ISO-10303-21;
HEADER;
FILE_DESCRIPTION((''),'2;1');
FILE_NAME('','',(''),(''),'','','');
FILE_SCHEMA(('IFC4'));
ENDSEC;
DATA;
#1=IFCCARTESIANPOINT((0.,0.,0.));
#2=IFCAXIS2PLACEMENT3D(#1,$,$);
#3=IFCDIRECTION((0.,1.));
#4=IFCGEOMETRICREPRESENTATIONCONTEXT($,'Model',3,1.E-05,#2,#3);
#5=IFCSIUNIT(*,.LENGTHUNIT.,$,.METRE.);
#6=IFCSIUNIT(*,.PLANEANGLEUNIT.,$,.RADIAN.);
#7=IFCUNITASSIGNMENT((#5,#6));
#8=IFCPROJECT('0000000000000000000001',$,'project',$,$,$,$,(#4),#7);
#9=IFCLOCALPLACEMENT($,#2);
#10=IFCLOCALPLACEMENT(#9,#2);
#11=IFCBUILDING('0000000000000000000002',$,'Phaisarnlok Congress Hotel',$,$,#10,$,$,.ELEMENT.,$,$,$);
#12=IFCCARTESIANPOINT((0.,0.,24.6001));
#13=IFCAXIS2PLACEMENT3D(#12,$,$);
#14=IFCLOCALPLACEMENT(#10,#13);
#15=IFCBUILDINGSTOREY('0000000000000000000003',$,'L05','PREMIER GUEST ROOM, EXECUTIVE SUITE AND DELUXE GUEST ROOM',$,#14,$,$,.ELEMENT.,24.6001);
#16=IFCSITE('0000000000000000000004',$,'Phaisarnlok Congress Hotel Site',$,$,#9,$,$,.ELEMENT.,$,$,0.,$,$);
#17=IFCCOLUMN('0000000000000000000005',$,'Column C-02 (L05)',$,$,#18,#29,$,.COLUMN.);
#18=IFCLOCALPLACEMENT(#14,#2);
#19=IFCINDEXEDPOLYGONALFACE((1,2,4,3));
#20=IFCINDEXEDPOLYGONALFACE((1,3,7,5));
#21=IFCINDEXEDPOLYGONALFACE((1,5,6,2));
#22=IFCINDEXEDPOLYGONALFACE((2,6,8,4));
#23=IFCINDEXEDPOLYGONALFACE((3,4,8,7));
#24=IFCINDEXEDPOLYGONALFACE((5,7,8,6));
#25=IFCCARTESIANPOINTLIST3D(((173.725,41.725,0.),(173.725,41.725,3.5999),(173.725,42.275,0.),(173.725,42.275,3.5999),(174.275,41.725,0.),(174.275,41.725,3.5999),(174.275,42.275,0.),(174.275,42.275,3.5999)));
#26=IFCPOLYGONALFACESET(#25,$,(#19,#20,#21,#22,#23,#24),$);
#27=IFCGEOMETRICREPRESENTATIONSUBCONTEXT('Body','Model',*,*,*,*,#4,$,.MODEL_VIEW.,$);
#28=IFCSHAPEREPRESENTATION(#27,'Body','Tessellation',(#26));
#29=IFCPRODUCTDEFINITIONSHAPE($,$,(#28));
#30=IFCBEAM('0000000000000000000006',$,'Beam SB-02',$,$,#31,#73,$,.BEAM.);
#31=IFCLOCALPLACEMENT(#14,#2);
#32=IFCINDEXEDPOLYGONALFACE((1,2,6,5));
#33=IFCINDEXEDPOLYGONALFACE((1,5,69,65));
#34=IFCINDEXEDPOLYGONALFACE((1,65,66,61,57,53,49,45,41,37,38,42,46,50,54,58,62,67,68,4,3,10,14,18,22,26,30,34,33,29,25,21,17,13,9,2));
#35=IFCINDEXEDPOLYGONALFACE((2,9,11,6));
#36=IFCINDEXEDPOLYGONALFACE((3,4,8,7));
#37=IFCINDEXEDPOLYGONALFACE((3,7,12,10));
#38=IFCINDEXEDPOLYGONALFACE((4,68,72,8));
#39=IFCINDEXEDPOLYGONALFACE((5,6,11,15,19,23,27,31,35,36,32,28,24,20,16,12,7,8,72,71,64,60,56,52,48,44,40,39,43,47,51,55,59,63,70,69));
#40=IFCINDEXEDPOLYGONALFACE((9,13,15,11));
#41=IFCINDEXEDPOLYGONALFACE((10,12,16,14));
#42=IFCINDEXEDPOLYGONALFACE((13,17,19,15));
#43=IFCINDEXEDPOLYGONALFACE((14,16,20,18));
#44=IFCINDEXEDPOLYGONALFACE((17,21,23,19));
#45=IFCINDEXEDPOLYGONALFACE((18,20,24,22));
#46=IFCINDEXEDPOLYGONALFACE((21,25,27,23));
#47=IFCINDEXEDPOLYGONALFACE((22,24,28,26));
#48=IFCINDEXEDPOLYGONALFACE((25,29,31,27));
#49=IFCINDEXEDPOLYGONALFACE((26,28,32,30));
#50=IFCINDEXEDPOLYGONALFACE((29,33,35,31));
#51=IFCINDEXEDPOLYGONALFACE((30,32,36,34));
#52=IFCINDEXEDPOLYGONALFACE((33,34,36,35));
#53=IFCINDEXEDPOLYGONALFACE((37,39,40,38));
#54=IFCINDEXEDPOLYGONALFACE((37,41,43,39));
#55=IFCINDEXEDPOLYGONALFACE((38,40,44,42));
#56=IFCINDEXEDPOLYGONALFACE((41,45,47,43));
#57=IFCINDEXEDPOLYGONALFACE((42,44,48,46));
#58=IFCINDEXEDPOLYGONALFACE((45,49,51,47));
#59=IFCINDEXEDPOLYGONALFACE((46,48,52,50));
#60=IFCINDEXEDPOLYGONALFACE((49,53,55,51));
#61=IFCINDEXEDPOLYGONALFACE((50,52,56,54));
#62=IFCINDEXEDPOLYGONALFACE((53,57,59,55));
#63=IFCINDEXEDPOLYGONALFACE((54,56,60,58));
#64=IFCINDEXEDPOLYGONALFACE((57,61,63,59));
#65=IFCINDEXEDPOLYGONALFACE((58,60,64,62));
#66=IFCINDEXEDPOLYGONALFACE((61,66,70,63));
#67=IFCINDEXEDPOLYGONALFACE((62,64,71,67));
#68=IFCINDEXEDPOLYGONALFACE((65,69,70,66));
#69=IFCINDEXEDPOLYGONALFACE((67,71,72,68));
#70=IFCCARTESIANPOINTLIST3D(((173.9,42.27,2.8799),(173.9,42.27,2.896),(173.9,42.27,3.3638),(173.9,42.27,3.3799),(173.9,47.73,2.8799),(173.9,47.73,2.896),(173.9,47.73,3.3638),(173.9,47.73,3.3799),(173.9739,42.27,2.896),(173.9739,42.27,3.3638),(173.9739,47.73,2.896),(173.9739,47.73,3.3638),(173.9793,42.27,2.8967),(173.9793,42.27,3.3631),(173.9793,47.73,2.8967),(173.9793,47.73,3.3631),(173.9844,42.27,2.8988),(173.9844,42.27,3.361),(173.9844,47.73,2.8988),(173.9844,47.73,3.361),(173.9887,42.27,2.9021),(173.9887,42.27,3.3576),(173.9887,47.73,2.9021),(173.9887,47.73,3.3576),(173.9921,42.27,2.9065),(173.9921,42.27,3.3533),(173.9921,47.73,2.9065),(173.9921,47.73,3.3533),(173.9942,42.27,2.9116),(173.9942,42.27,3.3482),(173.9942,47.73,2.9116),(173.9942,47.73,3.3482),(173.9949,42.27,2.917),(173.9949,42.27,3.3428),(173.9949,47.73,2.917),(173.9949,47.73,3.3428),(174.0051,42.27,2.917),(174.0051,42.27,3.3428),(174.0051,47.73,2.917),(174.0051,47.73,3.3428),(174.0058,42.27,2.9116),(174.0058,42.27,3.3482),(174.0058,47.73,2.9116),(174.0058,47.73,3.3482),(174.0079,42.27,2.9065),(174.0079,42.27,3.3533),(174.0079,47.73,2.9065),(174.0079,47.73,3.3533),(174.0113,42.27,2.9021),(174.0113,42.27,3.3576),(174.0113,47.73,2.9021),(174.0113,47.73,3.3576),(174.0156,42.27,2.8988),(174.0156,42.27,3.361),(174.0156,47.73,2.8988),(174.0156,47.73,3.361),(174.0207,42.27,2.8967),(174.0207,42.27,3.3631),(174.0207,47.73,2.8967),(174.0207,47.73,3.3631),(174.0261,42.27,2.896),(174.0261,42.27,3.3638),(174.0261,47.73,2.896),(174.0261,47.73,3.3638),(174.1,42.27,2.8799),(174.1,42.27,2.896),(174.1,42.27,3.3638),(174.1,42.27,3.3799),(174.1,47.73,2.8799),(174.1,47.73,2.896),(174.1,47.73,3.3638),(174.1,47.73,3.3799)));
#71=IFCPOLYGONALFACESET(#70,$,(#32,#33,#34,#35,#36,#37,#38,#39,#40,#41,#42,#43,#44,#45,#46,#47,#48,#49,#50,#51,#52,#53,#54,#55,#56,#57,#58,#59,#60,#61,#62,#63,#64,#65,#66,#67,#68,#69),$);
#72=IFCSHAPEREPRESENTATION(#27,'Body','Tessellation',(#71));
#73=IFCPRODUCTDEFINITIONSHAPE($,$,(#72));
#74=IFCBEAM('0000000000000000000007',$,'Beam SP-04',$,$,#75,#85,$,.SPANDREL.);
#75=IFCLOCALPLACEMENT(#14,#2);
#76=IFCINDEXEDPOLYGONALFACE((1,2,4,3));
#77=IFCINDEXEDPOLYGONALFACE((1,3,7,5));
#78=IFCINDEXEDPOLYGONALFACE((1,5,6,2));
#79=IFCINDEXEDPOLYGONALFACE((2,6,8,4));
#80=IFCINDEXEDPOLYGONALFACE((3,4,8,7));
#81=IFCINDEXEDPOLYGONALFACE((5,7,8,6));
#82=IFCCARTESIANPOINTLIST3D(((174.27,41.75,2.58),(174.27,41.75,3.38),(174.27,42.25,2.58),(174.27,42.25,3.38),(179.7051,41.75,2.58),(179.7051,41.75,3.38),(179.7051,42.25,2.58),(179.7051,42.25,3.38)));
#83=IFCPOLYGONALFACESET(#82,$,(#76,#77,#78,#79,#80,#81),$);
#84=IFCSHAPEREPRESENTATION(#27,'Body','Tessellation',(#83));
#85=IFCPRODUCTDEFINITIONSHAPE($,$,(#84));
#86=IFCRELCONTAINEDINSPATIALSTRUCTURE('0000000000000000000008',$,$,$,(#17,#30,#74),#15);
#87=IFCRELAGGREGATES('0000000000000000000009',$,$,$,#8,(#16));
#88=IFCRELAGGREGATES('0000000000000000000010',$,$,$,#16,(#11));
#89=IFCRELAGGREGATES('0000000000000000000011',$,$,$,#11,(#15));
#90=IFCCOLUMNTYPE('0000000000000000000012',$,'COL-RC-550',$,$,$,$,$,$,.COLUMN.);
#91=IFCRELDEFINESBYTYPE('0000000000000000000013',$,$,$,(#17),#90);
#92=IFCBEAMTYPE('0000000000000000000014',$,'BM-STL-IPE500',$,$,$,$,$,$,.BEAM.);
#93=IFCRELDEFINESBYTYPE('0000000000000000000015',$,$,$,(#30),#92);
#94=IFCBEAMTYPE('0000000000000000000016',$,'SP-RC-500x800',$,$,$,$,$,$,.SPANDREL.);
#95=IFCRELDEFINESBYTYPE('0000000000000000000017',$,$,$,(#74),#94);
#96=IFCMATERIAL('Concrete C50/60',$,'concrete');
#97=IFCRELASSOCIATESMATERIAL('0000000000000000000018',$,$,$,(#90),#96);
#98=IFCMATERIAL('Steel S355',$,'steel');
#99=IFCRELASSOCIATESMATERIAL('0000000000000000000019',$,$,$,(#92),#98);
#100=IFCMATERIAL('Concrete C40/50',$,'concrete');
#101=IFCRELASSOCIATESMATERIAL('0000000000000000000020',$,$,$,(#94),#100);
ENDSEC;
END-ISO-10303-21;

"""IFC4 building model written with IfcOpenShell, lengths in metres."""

from ifc_helpers import new_model, si_unit, direction, frame, origin, origin_2d, place, context, subcontext, project, spatial, rectangle, i_section, extrude, material, material_profile, profile_set, type_object, element, save


model = new_model("IFC4")

# Units and contexts
model_context = context("Model", 3, precision=1e-05, world=origin(), true_north=direction((0.0, 1.0)))
body_context = subcontext(model_context, "Body", "Model", "MODEL_VIEW")
ifc_project = project(units=[si_unit("LENGTHUNIT", "METRE"), si_unit("PLANEANGLEUNIT", "RADIAN")], contexts=[model_context])

# Site, building, storey
site_placement = place(None, origin())
site = spatial("IfcSite", under=ifc_project, at=site_placement, Name="Phaisarnlok Congress Hotel Site", CompositionType="ELEMENT", RefElevation=0.0)
building_placement = place(site_placement, origin())
building = spatial("IfcBuilding", under=site, at=building_placement, Name="Phaisarnlok Congress Hotel", CompositionType="ELEMENT")
storey_placement = place(building_placement, frame((0.0, 0.0, 24.6001)))
storey = spatial("IfcBuildingStorey", under=building, at=storey_placement, Name="L05", Description="PREMIER GUEST ROOM, EXECUTIVE SUITE AND DELUXE GUEST ROOM", CompositionType="ELEMENT", Elevation=24.6001)

# Column
ifc_material_1 = material(Name="Concrete C50/60", Category="concrete")
ifc_material_profile_1 = material_profile(ifc_material_1, rectangle(XDim=0.55, YDim=0.55, at=origin_2d()), Name="RC 550x550")
ifc_profile_set_1 = profile_set([ifc_material_profile_1], Name="Concrete C50/60")
column_type = type_object("IfcColumnType", Name="COL-RC-550", PredefinedType="COLUMN", material=ifc_profile_set_1)
column_placement = place(storey_placement, frame((174.0, 42.0, 0.0), z_axis=(0.0, 0.0, 1.0), x_axis=(1.0, 0.0, 0.0)))
element("IfcColumn", 1, at=column_placement, inside=storey, type_object=column_type, Name="Column C-02 (L05)", PredefinedType="COLUMN", context=body_context, shape_type="SweptSolid", body=[
    extrude(rectangle(XDim=0.55, YDim=0.55, at=origin_2d()), origin(), (0.0, 0.0, 1.0), 3.5999),
])

# Beams
ifc_material_2 = material(Name="Steel S355", Category="steel")
ifc_material_profile_2 = material_profile(ifc_material_2, i_section(OverallWidth=0.2, OverallDepth=0.5, WebThickness=0.0103, FlangeThickness=0.0161, FilletRadius=0.021, at=origin_2d()), Name="IPE 500")
ifc_profile_set_2 = profile_set([ifc_material_profile_2], Name="Steel S355")
beam_type_1 = type_object("IfcBeamType", Name="BM-STL-IPE500", PredefinedType="BEAM", material=ifc_profile_set_2)
beam_1_placement = place(storey_placement, frame((174.0, 42.27, 3.1299), z_axis=(0.0, 1.0, 0.0), x_axis=(-1.0, 0.0, 0.0)))
element("IfcBeam", 2, at=beam_1_placement, inside=storey, type_object=beam_type_1, Name="Beam SB-02", PredefinedType="BEAM", context=body_context, shape_type="SweptSolid", body=[
    extrude(i_section(OverallWidth=0.2, OverallDepth=0.5, WebThickness=0.0103, FlangeThickness=0.0161, FilletRadius=0.021, at=origin_2d()), origin(), (0.0, 0.0, 1.0), 5.46),
])
ifc_material_3 = material(Name="Concrete C40/50", Category="concrete")
ifc_material_profile_3 = material_profile(ifc_material_3, rectangle(XDim=0.5, YDim=0.8, at=origin_2d()), Name="RC 500x800")
ifc_profile_set_3 = profile_set([ifc_material_profile_3], Name="Concrete C40/50")
beam_type_2 = type_object("IfcBeamType", Name="SP-RC-500x800", PredefinedType="SPANDREL", material=ifc_profile_set_3)
beam_2_placement = place(storey_placement, frame((174.27, 42.0, 2.98), z_axis=(1.0, 0.0, 0.0), x_axis=(0.0, 1.0, 0.0)))
element("IfcBeam", 3, at=beam_2_placement, inside=storey, type_object=beam_type_2, Name="Beam SP-04", PredefinedType="SPANDREL", context=body_context, shape_type="SweptSolid", body=[
    extrude(rectangle(XDim=0.5, YDim=0.8, at=origin_2d()), origin(), (0.0, 0.0, 1.0), 5.4351),
])

save(model, "model.ifc")
